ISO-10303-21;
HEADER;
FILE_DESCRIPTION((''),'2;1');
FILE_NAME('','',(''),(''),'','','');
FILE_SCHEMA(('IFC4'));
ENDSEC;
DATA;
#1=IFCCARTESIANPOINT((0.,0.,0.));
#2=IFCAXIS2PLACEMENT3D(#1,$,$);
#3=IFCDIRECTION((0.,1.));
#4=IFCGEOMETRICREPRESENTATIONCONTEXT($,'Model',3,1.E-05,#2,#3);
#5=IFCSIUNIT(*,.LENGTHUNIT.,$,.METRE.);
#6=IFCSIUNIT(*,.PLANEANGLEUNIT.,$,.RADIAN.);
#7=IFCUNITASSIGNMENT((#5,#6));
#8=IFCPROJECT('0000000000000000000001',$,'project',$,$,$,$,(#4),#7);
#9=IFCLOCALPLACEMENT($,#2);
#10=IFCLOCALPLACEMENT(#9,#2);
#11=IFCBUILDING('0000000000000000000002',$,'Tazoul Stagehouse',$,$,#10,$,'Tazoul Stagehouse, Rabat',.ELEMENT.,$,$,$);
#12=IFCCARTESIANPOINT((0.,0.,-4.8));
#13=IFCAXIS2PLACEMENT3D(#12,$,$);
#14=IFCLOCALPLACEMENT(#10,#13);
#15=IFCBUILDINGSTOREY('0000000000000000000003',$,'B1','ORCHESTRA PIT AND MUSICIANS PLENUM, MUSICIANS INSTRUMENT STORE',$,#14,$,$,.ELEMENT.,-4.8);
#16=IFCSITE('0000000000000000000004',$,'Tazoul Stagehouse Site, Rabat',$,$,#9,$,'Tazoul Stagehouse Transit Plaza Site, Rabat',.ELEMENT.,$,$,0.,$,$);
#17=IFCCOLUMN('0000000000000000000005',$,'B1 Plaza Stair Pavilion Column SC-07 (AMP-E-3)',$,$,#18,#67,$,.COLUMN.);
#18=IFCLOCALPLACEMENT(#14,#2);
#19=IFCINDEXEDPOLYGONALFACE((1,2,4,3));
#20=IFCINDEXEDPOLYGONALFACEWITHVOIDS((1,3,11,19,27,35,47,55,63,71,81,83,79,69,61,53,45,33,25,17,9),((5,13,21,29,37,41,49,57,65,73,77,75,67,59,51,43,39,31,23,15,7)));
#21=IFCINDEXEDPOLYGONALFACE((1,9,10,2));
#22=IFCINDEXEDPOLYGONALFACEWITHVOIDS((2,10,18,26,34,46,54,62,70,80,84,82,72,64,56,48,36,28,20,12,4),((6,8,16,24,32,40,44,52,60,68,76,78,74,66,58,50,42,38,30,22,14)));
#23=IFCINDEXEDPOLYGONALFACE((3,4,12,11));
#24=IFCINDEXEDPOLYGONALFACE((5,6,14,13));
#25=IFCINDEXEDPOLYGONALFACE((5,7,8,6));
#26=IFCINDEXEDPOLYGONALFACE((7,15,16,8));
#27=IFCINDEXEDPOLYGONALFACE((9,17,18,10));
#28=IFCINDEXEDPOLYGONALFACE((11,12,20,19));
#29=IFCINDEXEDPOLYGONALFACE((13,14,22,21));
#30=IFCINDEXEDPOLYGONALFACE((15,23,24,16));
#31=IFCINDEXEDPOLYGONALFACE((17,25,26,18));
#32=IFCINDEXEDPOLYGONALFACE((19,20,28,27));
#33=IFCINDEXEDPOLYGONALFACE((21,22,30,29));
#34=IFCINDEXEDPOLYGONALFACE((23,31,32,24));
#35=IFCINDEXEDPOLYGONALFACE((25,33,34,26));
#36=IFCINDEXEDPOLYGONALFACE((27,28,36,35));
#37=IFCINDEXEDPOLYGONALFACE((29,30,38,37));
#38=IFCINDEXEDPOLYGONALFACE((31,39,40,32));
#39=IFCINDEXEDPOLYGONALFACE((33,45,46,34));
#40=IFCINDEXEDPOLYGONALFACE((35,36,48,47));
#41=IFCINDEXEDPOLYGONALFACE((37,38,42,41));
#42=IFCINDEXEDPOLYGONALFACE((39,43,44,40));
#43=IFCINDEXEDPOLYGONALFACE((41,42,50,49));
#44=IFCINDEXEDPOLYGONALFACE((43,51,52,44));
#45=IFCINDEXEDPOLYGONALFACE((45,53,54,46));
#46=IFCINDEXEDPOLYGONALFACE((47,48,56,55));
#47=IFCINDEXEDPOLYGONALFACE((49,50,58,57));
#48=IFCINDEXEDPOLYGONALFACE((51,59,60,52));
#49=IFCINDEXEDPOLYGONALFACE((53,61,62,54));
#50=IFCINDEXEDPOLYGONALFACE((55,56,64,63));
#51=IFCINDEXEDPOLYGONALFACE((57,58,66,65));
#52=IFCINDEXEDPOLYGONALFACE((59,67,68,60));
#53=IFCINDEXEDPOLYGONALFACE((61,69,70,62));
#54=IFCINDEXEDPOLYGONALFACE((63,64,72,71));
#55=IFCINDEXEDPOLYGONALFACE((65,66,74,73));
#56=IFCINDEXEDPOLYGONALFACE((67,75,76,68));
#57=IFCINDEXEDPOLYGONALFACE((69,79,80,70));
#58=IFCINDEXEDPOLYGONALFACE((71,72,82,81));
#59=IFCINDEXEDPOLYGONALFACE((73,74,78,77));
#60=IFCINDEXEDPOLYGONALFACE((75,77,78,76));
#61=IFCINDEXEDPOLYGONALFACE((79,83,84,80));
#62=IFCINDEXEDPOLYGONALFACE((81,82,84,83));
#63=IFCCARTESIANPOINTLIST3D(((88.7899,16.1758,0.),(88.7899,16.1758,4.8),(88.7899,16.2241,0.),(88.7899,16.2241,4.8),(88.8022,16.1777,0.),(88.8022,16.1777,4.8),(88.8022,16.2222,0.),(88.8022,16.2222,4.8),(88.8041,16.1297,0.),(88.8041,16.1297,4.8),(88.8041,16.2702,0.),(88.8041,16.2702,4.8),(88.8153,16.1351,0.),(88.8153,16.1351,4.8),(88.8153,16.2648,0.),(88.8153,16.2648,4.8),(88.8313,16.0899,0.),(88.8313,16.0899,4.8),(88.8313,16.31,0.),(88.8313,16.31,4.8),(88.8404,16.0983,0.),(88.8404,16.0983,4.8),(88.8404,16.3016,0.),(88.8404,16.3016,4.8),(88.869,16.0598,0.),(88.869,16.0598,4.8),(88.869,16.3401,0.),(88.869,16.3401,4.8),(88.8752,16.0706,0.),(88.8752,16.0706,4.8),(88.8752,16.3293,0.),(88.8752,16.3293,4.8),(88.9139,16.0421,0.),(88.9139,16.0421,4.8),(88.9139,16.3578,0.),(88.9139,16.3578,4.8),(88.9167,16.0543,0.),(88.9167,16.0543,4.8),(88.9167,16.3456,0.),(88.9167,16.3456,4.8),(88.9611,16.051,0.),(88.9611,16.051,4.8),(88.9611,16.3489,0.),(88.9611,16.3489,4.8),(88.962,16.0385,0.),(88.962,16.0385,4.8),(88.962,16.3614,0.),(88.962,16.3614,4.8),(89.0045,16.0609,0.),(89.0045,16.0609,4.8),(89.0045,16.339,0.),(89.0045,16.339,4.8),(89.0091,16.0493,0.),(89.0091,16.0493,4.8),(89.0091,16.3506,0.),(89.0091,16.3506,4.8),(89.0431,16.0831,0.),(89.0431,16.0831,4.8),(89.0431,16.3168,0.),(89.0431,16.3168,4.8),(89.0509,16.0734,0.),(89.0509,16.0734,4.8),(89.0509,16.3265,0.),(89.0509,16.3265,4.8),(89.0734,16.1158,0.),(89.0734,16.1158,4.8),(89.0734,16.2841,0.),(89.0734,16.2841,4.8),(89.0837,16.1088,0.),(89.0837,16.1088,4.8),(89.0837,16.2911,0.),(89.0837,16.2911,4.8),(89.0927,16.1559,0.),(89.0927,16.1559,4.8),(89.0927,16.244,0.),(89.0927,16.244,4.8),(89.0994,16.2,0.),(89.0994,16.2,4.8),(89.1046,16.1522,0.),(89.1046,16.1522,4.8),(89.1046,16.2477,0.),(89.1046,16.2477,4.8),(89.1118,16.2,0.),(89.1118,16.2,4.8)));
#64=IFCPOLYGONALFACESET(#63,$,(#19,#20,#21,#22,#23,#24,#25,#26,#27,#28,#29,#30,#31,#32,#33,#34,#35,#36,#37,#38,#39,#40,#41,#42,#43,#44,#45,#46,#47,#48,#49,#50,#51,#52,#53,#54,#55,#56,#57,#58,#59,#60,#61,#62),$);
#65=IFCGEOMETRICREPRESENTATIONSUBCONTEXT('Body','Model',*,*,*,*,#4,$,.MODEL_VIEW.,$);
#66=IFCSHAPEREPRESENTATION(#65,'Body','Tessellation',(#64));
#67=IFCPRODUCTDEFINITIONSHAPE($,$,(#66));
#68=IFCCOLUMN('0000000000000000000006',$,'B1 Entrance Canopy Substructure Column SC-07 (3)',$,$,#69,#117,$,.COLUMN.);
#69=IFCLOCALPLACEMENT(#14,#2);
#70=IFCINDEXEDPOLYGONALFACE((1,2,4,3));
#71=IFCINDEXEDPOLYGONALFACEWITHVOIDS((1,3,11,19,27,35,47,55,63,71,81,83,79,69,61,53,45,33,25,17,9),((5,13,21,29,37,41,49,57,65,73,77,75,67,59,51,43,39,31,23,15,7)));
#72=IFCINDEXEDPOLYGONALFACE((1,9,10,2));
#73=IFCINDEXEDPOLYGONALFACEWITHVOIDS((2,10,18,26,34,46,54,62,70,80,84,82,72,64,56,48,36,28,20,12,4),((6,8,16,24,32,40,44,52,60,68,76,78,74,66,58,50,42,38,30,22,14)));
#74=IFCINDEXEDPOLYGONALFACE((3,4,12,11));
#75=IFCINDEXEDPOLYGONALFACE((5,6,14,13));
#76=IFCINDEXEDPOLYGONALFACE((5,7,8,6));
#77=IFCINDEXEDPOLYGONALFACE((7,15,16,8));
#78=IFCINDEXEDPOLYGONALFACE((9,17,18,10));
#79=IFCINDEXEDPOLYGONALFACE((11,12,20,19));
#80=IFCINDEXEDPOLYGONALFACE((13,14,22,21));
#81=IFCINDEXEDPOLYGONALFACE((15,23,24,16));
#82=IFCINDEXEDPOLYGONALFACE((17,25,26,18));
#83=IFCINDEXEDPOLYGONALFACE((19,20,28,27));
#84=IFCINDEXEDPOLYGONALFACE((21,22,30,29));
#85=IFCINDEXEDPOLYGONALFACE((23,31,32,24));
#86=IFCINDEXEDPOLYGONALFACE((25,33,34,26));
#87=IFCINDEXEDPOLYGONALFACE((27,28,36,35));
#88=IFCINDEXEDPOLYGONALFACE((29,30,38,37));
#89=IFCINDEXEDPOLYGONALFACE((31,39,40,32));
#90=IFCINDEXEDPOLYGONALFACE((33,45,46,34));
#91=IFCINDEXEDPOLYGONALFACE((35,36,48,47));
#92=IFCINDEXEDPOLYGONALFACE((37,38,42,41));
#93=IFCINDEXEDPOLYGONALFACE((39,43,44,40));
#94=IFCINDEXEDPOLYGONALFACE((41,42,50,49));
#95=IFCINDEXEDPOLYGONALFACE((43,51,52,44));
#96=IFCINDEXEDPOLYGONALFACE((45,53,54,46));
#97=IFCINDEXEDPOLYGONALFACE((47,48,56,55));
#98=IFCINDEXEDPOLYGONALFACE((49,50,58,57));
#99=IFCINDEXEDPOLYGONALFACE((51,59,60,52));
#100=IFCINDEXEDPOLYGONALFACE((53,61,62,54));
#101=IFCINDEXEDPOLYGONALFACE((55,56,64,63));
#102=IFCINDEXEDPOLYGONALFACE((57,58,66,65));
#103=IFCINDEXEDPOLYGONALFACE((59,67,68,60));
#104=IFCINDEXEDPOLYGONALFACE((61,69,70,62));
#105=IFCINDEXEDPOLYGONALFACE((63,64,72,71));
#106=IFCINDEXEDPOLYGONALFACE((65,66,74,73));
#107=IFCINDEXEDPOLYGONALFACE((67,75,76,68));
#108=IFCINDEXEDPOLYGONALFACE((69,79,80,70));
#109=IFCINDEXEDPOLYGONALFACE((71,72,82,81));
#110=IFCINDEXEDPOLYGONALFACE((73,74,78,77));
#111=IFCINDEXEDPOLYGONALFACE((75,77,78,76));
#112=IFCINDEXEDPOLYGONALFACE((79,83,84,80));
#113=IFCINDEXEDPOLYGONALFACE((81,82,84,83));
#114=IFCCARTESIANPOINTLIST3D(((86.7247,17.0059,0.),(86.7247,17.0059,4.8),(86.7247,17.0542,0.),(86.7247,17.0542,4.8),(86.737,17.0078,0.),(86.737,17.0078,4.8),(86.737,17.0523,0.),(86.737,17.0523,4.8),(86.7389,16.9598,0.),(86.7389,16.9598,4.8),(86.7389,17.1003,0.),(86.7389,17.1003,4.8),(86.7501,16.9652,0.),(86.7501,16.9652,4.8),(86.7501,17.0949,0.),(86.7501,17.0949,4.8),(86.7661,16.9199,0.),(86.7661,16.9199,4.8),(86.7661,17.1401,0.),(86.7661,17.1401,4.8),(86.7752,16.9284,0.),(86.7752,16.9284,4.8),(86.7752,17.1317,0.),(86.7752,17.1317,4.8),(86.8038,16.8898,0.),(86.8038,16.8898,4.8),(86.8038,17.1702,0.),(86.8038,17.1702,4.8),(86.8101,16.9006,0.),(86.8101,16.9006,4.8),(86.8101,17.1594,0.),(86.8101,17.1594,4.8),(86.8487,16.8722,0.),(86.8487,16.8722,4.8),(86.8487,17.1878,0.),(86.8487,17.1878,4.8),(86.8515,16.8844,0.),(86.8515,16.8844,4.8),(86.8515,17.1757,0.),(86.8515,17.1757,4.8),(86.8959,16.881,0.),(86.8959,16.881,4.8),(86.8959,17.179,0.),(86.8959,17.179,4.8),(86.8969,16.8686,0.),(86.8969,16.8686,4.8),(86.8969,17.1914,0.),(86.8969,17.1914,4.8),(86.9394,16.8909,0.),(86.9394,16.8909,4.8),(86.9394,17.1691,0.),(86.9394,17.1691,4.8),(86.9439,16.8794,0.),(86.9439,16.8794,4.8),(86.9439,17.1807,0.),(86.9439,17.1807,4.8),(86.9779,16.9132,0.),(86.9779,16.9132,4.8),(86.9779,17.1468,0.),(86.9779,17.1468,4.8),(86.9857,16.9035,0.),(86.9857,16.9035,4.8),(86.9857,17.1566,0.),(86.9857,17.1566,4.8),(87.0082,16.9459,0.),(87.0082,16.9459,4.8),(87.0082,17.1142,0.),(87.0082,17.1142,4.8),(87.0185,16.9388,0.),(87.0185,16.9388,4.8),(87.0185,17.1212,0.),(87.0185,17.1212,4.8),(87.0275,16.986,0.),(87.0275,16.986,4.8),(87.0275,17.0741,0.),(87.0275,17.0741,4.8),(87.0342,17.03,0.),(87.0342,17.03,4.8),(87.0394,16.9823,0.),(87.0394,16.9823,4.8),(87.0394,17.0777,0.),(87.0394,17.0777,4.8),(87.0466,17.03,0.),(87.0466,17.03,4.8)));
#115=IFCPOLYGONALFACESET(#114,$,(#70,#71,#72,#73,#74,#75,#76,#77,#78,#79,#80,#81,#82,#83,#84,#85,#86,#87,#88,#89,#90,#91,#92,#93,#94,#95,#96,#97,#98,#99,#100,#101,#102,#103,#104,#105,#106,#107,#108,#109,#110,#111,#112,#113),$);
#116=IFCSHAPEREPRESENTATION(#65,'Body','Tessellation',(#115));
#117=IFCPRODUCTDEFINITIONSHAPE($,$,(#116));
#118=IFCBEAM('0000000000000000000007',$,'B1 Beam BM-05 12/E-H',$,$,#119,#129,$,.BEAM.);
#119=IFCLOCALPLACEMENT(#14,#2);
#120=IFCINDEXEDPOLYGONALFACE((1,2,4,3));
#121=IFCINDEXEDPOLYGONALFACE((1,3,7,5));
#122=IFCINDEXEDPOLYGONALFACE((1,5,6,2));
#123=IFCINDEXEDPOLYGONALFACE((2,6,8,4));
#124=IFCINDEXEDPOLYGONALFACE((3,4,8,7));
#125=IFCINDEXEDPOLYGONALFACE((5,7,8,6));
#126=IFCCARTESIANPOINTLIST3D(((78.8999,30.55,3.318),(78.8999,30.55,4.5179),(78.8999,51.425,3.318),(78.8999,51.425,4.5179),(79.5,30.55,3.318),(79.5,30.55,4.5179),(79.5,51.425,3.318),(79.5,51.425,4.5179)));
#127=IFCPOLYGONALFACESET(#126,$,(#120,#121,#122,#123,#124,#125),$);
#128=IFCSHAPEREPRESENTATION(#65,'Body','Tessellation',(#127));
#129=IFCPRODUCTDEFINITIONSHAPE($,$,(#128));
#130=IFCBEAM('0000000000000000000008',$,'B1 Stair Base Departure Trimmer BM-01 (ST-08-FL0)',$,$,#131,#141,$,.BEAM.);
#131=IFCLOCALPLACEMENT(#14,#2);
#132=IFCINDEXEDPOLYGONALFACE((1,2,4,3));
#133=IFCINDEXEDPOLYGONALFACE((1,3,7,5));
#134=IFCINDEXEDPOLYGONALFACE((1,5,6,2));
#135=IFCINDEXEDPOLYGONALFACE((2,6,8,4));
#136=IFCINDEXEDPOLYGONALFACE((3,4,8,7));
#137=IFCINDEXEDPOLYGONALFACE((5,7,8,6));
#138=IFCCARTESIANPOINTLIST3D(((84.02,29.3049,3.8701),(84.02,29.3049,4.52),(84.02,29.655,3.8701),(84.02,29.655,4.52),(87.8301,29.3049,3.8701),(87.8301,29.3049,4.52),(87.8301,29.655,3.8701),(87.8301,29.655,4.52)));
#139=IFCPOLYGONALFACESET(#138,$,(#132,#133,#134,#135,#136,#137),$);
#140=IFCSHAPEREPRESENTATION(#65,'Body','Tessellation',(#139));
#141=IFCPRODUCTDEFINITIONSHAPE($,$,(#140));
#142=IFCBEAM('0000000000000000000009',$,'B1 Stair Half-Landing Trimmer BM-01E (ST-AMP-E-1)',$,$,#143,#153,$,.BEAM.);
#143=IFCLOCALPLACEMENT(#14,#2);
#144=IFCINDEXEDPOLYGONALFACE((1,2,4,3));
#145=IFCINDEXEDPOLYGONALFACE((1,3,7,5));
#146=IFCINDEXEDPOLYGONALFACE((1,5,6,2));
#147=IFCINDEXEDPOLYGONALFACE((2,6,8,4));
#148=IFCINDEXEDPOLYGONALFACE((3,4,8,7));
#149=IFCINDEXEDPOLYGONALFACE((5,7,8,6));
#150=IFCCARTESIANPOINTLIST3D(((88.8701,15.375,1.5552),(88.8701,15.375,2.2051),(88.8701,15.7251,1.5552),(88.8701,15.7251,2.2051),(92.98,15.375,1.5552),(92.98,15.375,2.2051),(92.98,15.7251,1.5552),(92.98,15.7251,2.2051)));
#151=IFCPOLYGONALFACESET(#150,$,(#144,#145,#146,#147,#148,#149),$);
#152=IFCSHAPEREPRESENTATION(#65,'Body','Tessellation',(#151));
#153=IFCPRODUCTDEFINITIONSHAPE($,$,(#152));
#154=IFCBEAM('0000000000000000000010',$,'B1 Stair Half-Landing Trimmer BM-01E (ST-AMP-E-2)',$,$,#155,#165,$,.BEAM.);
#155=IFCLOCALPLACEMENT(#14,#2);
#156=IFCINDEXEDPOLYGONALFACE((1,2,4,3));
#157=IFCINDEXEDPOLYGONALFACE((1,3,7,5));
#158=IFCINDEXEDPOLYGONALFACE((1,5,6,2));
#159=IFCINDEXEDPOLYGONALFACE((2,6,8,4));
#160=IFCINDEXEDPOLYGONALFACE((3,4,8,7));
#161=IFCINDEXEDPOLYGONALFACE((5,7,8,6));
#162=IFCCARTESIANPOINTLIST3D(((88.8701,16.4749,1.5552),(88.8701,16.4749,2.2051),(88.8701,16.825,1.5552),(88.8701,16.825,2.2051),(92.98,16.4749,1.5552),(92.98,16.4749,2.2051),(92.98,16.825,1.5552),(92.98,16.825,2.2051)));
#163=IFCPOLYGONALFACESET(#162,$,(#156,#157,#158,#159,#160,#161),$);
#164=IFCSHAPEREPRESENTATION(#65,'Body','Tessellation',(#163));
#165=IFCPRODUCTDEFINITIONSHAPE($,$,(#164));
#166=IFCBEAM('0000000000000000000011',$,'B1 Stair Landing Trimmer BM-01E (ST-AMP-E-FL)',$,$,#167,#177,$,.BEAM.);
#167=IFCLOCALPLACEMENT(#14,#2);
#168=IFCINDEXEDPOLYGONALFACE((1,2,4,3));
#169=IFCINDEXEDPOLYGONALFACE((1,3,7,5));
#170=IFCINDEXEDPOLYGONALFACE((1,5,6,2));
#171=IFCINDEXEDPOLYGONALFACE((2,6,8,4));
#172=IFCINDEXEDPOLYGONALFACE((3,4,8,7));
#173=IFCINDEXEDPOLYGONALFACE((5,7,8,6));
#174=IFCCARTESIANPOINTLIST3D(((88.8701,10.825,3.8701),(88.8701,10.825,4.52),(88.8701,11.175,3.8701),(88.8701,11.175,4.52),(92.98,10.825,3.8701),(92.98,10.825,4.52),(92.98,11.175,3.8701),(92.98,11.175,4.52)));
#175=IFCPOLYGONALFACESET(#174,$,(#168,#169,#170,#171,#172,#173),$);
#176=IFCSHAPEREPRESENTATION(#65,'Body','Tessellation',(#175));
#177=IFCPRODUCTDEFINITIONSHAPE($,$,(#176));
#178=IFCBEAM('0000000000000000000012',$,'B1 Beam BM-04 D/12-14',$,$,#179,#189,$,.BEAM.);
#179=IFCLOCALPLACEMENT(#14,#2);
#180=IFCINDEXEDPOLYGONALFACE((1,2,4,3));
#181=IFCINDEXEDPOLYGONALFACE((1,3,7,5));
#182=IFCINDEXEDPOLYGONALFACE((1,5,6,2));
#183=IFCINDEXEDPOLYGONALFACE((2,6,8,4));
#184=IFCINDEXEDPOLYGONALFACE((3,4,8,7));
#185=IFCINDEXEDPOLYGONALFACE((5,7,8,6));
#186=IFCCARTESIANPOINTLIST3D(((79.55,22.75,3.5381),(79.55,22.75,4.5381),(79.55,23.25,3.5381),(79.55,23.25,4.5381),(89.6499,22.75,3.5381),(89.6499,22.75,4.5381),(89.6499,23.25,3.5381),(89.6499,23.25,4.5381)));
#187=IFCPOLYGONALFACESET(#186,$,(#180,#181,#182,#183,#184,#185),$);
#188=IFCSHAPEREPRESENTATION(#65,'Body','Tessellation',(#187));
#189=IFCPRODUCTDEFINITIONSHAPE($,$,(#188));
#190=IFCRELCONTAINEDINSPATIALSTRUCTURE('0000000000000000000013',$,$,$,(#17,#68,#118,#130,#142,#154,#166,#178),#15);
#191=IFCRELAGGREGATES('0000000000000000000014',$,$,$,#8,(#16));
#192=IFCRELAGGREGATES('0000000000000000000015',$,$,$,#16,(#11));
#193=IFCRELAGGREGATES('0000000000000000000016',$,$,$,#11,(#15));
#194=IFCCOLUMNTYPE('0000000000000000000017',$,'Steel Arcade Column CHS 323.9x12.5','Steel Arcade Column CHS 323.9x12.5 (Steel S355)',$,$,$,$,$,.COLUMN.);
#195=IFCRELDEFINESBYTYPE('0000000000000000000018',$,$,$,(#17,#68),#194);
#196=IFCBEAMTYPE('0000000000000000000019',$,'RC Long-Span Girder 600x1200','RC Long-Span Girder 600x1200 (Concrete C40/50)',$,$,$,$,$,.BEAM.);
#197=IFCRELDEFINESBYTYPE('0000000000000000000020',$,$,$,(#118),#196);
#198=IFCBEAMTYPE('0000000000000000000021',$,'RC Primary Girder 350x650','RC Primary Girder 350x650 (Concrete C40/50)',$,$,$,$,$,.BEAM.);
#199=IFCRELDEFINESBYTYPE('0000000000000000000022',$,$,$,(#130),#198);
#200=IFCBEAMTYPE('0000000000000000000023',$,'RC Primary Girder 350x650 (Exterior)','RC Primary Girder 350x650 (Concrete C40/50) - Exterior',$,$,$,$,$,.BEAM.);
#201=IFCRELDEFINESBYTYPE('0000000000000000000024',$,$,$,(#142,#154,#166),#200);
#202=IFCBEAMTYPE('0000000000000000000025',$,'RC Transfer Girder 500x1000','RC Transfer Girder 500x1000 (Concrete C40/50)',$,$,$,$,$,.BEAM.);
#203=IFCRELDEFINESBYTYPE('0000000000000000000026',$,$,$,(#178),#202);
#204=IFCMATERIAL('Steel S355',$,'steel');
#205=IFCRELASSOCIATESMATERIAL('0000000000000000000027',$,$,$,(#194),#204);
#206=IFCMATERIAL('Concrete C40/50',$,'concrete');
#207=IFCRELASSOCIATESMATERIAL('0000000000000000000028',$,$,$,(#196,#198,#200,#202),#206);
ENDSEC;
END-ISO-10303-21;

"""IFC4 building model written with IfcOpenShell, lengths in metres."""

from ifc_helpers import new_model, si_unit, direction, frame, origin, origin_2d, place, context, subcontext, project, spatial, rectangle, hollow_circle, extrude, material, material_profile, profile_set, type_object, element, save


model = new_model("IFC4")

# Units and contexts
model_context = context("Model", 3, precision=1e-05, world=origin(), true_north=direction((0.0, 1.0)))
body_context = subcontext(model_context, "Body", "Model", "MODEL_VIEW")
ifc_project = project(units=[si_unit("LENGTHUNIT", "METRE"), si_unit("PLANEANGLEUNIT", "RADIAN")], contexts=[model_context])

# Site, building, storey
site_placement = place(None, origin())
site = spatial("IfcSite", under=ifc_project, at=site_placement, Name="Tazoul Stagehouse Site, Rabat", LongName="Tazoul Stagehouse Transit Plaza Site, Rabat", CompositionType="ELEMENT", RefElevation=0.0)
building_placement = place(site_placement, origin())
building = spatial("IfcBuilding", under=site, at=building_placement, Name="Tazoul Stagehouse", LongName="Tazoul Stagehouse, Rabat", CompositionType="ELEMENT")
storey_placement = place(building_placement, frame((0.0, 0.0, -4.8)))
storey = spatial("IfcBuildingStorey", under=building, at=storey_placement, Name="B1", Description="ORCHESTRA PIT AND MUSICIANS PLENUM, MUSICIANS INSTRUMENT STORE", CompositionType="ELEMENT", Elevation=-4.8)

# Columns
ifc_material_1 = material(Name="Concrete C40/50", Category="concrete")
ifc_material_2 = material(Name="Steel S355", Category="steel")
ifc_material_profile_1 = material_profile(ifc_material_2, hollow_circle(Radius=0.1619, WallThickness=0.0125, at=origin_2d()), Name="CHS 323.9x12.5")
ifc_profile_set_1 = profile_set([ifc_material_profile_1], Name="Steel S355")
column_type_1 = type_object("IfcColumnType", Name="Steel Arcade Column CHS 323.9x12.5", Description="Steel Arcade Column CHS 323.9x12.5 (Steel S355)", PredefinedType="COLUMN", material=ifc_profile_set_1)
for number, where, z_axis, x_axis, name in (
    (1, (88.95, 16.2, 0.0), (0.0, 0.0, 1.0), (1.0, 0.0, 0.0), "B1 Plaza Stair Pavilion Column SC-07 (AMP-E-3)"),
    (2, (86.8848, 17.03, 0.0), (0.0, 0.0, 1.0), (1.0, 0.0, 0.0), "B1 Entrance Canopy Substructure Column SC-07 (3)"),
):
    element("IfcColumn", number, at=place(storey_placement, frame(where, z_axis=z_axis, x_axis=x_axis)), inside=storey, type_object=column_type_1, Name=name, PredefinedType="COLUMN", context=body_context, shape_type="SweptSolid", body=[
        extrude(hollow_circle(Radius=0.1619, WallThickness=0.0125, at=origin_2d()), origin(), (0.0, 0.0, 1.0), 4.8),
    ])

# Beams
ifc_material_profile_2 = material_profile(ifc_material_1, rectangle(XDim=0.6001, YDim=1.2, at=origin_2d()), Name="RC 600x1200")
ifc_profile_set_2 = profile_set([ifc_material_profile_2], Name="Concrete C40/50")
beam_type_1 = type_object("IfcBeamType", Name="RC Long-Span Girder 600x1200", Description="RC Long-Span Girder 600x1200 (Concrete C40/50)", PredefinedType="BEAM", material=ifc_profile_set_2)
beam_1_placement = place(storey_placement, frame((79.2, 30.55, 3.918), z_axis=(0.0, 1.0, 0.0), x_axis=(-1.0, 0.0, 0.0)))
element("IfcBeam", 3, at=beam_1_placement, inside=storey, type_object=beam_type_1, Name="B1 Beam BM-05 12/E-H", PredefinedType="BEAM", context=body_context, shape_type="SweptSolid", body=[
    extrude(rectangle(XDim=0.6001, YDim=1.2, at=origin_2d()), origin(), (0.0, 0.0, 1.0), 20.875),
])
ifc_material_profile_3 = material_profile(ifc_material_1, rectangle(XDim=0.3501, YDim=0.6499, at=origin_2d()), Name="RC 350x650")
ifc_profile_set_3 = profile_set([ifc_material_profile_3], Name="Concrete C40/50")
beam_type_2 = type_object("IfcBeamType", Name="RC Primary Girder 350x650", Description="RC Primary Girder 350x650 (Concrete C40/50)", PredefinedType="BEAM", material=ifc_profile_set_3)
beam_2_placement = place(storey_placement, frame((84.02, 29.48, 4.1951), z_axis=(1.0, 0.0, 0.0), x_axis=(0.0, 1.0, 0.0)))
element("IfcBeam", 4, at=beam_2_placement, inside=storey, type_object=beam_type_2, Name="B1 Stair Base Departure Trimmer BM-01 (ST-08-FL0)", PredefinedType="BEAM", context=body_context, shape_type="SweptSolid", body=[
    extrude(rectangle(XDim=0.3501, YDim=0.6499, at=origin_2d()), origin(), (0.0, 0.0, 1.0), 3.8101),
])
ifc_material_profile_4 = material_profile(ifc_material_1, rectangle(XDim=0.3501, YDim=0.6499, at=origin_2d()), Name="RC 350x650")
ifc_profile_set_4 = profile_set([ifc_material_profile_4], Name="Concrete C40/50")
beam_type_3 = type_object("IfcBeamType", Name="RC Primary Girder 350x650 (Exterior)", Description="RC Primary Girder 350x650 (Concrete C40/50) - Exterior", PredefinedType="BEAM", material=ifc_profile_set_4)
for number, where, z_axis, x_axis, name in (
    (5, (88.8701, 15.55, 1.8801), (1.0, 0.0, 0.0), (0.0, 1.0, 0.0), "B1 Stair Half-Landing Trimmer BM-01E (ST-AMP-E-1)"),
    (6, (88.8701, 16.6499, 1.8801), (1.0, 0.0, 0.0), (0.0, 1.0, 0.0), "B1 Stair Half-Landing Trimmer BM-01E (ST-AMP-E-2)"),
    (7, (88.8701, 11.0, 4.1951), (1.0, 0.0, 0.0), (0.0, 1.0, 0.0), "B1 Stair Landing Trimmer BM-01E (ST-AMP-E-FL)"),
):
    element("IfcBeam", number, at=place(storey_placement, frame(where, z_axis=z_axis, x_axis=x_axis)), inside=storey, type_object=beam_type_3, Name=name, PredefinedType="BEAM", context=body_context, shape_type="SweptSolid", body=[
        extrude(rectangle(XDim=0.3501, YDim=0.6499, at=origin_2d()), origin(), (0.0, 0.0, 1.0), 4.1099),
    ])
ifc_material_profile_5 = material_profile(ifc_material_1, rectangle(XDim=0.5, YDim=1.0, at=origin_2d()), Name="RC 500x1000")
ifc_profile_set_5 = profile_set([ifc_material_profile_5], Name="Concrete C40/50")
beam_type_4 = type_object("IfcBeamType", Name="RC Transfer Girder 500x1000", Description="RC Transfer Girder 500x1000 (Concrete C40/50)", PredefinedType="BEAM", material=ifc_profile_set_5)
beam_3_placement = place(storey_placement, frame((79.55, 23.0, 4.0381), z_axis=(1.0, 0.0, 0.0), x_axis=(0.0, 1.0, 0.0)))
element("IfcBeam", 8, at=beam_3_placement, inside=storey, type_object=beam_type_4, Name="B1 Beam BM-04 D/12-14", PredefinedType="BEAM", context=body_context, shape_type="SweptSolid", body=[
    extrude(rectangle(XDim=0.5, YDim=1.0, at=origin_2d()), origin(), (0.0, 0.0, 1.0), 10.0999),
])

save(model, "model.ifc")
